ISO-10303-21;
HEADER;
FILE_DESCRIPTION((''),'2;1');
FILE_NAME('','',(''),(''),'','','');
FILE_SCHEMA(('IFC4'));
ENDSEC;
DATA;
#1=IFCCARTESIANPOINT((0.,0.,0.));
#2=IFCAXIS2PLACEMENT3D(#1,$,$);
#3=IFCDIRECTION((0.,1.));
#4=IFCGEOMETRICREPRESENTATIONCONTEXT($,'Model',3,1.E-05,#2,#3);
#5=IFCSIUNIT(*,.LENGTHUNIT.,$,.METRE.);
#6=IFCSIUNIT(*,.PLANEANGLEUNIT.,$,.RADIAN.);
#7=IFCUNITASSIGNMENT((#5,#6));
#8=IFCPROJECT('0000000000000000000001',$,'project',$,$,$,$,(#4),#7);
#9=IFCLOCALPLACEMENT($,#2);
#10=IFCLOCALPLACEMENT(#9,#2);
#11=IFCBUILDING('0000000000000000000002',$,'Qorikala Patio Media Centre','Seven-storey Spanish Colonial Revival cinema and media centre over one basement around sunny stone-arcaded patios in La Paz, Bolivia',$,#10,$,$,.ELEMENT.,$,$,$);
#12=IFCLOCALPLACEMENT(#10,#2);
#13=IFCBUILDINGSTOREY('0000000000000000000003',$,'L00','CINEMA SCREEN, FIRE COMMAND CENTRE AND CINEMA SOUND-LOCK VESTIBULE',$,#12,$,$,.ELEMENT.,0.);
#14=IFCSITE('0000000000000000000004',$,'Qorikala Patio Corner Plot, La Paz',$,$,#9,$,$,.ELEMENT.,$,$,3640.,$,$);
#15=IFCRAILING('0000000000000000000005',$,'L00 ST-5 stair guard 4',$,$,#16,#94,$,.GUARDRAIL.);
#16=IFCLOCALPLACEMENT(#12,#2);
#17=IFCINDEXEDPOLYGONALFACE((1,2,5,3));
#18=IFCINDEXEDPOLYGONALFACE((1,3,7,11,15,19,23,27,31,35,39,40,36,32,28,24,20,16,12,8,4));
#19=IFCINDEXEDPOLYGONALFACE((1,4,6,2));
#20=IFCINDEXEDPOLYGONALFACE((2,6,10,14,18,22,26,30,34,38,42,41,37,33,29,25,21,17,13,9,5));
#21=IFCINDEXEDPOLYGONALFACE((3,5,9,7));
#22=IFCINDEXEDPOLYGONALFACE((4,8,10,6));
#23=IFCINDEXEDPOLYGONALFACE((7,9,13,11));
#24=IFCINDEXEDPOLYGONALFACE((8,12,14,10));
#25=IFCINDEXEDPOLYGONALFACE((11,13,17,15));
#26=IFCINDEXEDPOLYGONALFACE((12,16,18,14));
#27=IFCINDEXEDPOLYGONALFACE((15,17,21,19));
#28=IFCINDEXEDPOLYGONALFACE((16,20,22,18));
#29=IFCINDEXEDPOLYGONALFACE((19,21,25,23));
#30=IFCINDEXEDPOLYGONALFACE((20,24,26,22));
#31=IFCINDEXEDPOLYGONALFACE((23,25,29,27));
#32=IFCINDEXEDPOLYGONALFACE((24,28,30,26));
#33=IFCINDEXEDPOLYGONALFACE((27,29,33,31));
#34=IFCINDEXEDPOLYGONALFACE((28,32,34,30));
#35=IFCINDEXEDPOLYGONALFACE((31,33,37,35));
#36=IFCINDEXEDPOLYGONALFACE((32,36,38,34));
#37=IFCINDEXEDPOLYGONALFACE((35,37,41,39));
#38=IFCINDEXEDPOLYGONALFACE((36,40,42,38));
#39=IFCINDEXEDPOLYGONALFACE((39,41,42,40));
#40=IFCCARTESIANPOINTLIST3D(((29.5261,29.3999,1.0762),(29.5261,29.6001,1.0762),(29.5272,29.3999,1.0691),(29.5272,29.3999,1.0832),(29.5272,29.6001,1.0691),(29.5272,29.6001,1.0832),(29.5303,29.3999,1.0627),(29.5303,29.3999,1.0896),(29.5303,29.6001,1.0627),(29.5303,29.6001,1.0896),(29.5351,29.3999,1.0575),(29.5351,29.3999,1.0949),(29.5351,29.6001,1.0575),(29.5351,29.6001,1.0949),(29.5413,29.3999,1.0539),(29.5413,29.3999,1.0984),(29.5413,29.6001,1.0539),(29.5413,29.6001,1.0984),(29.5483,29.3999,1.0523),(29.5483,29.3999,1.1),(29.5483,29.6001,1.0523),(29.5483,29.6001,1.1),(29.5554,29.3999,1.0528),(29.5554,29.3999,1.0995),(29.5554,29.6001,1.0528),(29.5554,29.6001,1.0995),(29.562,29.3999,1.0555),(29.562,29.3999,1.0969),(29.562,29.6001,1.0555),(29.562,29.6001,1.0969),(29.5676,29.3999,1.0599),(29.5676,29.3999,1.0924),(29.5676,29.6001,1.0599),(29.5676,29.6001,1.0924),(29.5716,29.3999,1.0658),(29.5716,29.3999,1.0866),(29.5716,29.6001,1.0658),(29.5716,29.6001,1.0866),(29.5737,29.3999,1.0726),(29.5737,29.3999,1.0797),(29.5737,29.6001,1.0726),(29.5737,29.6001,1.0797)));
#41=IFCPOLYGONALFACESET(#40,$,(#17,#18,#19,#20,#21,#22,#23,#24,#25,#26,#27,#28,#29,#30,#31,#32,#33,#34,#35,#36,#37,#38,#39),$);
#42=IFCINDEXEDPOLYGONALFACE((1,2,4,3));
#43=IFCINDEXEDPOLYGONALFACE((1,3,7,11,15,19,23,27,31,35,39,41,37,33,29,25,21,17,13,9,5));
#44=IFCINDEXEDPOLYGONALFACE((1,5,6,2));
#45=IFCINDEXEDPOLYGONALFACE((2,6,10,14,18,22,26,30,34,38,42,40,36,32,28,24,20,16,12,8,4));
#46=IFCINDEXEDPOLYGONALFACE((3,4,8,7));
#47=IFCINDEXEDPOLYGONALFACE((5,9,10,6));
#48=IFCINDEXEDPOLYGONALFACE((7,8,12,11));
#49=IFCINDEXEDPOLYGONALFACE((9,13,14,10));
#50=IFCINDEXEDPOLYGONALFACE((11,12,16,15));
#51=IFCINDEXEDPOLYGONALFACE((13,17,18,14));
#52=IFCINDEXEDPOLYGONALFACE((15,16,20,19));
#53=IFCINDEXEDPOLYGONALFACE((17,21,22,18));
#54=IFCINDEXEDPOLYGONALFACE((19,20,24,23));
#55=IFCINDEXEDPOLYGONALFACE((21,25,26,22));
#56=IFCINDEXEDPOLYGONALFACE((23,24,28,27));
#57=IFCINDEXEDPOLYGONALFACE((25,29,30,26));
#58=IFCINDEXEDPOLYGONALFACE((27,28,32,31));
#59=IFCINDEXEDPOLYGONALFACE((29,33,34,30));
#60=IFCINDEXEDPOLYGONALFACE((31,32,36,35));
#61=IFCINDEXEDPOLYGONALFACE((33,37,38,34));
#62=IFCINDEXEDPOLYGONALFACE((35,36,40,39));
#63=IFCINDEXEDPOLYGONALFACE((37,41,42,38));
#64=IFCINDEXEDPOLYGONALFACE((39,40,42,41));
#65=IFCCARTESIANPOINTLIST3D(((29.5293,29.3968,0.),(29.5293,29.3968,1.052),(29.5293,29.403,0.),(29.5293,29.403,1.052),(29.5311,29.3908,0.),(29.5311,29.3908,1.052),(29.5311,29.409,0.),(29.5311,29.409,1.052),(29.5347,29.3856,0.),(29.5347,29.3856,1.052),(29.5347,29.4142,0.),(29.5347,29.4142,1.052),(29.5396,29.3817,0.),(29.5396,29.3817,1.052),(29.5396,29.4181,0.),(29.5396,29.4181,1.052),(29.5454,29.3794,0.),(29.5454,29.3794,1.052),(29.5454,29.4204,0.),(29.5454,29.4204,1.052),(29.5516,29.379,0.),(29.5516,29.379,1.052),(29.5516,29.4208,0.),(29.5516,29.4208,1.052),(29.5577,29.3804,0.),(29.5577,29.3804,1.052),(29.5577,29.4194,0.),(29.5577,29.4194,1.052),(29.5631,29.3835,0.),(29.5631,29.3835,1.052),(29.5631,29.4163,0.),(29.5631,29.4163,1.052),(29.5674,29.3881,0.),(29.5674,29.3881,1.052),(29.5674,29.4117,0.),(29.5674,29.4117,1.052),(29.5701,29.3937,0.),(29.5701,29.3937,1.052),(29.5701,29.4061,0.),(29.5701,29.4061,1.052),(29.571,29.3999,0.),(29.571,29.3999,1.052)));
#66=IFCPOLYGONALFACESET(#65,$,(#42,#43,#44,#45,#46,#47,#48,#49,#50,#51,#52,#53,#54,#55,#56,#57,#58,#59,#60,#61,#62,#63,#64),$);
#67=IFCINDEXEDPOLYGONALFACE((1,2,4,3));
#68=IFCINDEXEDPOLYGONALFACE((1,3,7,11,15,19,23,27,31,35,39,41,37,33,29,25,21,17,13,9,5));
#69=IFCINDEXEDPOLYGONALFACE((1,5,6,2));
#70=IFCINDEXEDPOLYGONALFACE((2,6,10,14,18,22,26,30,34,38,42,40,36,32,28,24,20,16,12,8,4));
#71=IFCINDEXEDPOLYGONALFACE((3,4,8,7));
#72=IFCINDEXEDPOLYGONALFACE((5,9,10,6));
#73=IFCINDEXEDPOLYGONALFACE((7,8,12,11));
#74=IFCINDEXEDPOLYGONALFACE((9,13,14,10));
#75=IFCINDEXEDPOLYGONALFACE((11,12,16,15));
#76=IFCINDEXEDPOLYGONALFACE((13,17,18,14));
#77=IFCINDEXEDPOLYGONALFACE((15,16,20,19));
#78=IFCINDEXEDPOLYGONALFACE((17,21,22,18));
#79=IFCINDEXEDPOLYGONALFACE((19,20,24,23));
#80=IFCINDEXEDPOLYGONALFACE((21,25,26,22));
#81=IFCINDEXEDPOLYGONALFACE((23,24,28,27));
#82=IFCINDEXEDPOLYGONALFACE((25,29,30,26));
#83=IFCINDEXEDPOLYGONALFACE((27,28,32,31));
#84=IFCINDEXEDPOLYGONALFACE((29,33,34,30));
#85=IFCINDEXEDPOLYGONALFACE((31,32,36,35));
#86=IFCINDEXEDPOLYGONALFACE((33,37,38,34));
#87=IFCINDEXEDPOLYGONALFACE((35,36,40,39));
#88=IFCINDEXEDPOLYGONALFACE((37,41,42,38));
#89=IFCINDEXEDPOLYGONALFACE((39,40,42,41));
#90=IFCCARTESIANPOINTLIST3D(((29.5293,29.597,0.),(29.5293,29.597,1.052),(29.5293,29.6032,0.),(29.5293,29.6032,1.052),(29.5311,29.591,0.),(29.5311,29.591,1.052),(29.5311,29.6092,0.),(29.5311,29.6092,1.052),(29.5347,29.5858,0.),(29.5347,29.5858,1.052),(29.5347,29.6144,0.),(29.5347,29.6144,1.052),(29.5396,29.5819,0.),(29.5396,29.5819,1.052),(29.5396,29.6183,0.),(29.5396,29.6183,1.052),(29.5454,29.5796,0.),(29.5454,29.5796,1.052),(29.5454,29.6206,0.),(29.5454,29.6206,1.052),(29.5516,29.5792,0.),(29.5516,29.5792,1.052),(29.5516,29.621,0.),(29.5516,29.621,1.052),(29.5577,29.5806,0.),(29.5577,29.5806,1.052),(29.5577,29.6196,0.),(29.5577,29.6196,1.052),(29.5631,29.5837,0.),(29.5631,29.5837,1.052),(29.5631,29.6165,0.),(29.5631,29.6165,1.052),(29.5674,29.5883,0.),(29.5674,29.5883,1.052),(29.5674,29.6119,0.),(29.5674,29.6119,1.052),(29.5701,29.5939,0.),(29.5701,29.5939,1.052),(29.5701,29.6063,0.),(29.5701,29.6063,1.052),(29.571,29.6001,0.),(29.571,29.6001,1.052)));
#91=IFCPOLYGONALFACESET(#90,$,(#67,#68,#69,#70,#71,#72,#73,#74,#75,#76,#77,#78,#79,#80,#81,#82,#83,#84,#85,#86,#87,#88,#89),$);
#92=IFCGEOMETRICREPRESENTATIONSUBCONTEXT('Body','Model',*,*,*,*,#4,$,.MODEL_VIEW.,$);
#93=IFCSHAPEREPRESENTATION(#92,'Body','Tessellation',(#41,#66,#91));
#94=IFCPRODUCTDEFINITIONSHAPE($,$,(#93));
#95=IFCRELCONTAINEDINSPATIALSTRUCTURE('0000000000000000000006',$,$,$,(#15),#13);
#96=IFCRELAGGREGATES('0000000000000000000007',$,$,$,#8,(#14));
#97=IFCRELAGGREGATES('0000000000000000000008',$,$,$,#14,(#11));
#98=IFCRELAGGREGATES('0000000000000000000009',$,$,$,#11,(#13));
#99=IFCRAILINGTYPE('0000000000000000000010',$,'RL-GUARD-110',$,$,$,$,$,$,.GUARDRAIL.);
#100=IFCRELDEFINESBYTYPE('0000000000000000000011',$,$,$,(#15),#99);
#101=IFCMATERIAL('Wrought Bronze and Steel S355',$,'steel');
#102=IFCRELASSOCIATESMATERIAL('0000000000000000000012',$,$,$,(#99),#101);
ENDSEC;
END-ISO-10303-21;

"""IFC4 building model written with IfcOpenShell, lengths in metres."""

from ifc_helpers import new_model, si_unit, direction, frame, origin, origin_2d, place, context, subcontext, project, spatial, circle, extrude, material, type_object, element, save


model = new_model("IFC4")

# Units and contexts
model_context = context("Model", 3, precision=1e-05, world=origin(), true_north=direction((0.0, 1.0)))
body_context = subcontext(model_context, "Body", "Model", "MODEL_VIEW")
ifc_project = project(units=[si_unit("LENGTHUNIT", "METRE"), si_unit("PLANEANGLEUNIT", "RADIAN")], contexts=[model_context])

# Site, building, storey
site_placement = place(None, origin())
site = spatial("IfcSite", under=ifc_project, at=site_placement, Name="Qorikala Patio Corner Plot, La Paz", CompositionType="ELEMENT", RefElevation=3640.0)
building_placement = place(site_placement, origin())
building = spatial("IfcBuilding", under=site, at=building_placement, Name="Qorikala Patio Media Centre", Description="Seven-storey Spanish Colonial Revival cinema and media centre over one basement around sunny stone-arcaded patios in La Paz, Bolivia", CompositionType="ELEMENT")
storey_placement = place(building_placement, origin())
storey = spatial("IfcBuildingStorey", under=building, at=storey_placement, Name="L00", Description="CINEMA SCREEN, FIRE COMMAND CENTRE AND CINEMA SOUND-LOCK VESTIBULE", CompositionType="ELEMENT", Elevation=0.0)

# Railing
ifc_material_1 = material(Name="Wrought Bronze and Steel S355", Category="steel")
railing_type_1 = type_object("IfcRailingType", Name="RL-GUARD-110", PredefinedType="GUARDRAIL", material=ifc_material_1)
railing_1_placement = place(storey_placement, frame((29.55, 29.3999, 0.0)))
element("IfcRailing", 1, at=railing_1_placement, inside=storey, type_object=railing_type_1, Name="L00 ST-5 stair guard 4", PredefinedType="GUARDRAIL", context=body_context, shape_type="SweptSolid", body=[
    extrude(circle(Radius=0.0239, at=origin_2d()), frame((0.0, 0.0, 1.0762), z_axis=(0.0, 1.0, 0.0), x_axis=(-1.0, 0.0, 0.0)), (0.0, 0.0, 1.0), 0.2002),
    extrude(circle(Radius=0.021, at=origin_2d()), origin(), (0.0, 0.0, 1.0), 1.052),
    extrude(circle(Radius=0.021, at=origin_2d()), frame((0.0, 0.2002, 0.0)), (0.0, 0.0, 1.0), 1.052),
])

save(model, "model.ifc")
